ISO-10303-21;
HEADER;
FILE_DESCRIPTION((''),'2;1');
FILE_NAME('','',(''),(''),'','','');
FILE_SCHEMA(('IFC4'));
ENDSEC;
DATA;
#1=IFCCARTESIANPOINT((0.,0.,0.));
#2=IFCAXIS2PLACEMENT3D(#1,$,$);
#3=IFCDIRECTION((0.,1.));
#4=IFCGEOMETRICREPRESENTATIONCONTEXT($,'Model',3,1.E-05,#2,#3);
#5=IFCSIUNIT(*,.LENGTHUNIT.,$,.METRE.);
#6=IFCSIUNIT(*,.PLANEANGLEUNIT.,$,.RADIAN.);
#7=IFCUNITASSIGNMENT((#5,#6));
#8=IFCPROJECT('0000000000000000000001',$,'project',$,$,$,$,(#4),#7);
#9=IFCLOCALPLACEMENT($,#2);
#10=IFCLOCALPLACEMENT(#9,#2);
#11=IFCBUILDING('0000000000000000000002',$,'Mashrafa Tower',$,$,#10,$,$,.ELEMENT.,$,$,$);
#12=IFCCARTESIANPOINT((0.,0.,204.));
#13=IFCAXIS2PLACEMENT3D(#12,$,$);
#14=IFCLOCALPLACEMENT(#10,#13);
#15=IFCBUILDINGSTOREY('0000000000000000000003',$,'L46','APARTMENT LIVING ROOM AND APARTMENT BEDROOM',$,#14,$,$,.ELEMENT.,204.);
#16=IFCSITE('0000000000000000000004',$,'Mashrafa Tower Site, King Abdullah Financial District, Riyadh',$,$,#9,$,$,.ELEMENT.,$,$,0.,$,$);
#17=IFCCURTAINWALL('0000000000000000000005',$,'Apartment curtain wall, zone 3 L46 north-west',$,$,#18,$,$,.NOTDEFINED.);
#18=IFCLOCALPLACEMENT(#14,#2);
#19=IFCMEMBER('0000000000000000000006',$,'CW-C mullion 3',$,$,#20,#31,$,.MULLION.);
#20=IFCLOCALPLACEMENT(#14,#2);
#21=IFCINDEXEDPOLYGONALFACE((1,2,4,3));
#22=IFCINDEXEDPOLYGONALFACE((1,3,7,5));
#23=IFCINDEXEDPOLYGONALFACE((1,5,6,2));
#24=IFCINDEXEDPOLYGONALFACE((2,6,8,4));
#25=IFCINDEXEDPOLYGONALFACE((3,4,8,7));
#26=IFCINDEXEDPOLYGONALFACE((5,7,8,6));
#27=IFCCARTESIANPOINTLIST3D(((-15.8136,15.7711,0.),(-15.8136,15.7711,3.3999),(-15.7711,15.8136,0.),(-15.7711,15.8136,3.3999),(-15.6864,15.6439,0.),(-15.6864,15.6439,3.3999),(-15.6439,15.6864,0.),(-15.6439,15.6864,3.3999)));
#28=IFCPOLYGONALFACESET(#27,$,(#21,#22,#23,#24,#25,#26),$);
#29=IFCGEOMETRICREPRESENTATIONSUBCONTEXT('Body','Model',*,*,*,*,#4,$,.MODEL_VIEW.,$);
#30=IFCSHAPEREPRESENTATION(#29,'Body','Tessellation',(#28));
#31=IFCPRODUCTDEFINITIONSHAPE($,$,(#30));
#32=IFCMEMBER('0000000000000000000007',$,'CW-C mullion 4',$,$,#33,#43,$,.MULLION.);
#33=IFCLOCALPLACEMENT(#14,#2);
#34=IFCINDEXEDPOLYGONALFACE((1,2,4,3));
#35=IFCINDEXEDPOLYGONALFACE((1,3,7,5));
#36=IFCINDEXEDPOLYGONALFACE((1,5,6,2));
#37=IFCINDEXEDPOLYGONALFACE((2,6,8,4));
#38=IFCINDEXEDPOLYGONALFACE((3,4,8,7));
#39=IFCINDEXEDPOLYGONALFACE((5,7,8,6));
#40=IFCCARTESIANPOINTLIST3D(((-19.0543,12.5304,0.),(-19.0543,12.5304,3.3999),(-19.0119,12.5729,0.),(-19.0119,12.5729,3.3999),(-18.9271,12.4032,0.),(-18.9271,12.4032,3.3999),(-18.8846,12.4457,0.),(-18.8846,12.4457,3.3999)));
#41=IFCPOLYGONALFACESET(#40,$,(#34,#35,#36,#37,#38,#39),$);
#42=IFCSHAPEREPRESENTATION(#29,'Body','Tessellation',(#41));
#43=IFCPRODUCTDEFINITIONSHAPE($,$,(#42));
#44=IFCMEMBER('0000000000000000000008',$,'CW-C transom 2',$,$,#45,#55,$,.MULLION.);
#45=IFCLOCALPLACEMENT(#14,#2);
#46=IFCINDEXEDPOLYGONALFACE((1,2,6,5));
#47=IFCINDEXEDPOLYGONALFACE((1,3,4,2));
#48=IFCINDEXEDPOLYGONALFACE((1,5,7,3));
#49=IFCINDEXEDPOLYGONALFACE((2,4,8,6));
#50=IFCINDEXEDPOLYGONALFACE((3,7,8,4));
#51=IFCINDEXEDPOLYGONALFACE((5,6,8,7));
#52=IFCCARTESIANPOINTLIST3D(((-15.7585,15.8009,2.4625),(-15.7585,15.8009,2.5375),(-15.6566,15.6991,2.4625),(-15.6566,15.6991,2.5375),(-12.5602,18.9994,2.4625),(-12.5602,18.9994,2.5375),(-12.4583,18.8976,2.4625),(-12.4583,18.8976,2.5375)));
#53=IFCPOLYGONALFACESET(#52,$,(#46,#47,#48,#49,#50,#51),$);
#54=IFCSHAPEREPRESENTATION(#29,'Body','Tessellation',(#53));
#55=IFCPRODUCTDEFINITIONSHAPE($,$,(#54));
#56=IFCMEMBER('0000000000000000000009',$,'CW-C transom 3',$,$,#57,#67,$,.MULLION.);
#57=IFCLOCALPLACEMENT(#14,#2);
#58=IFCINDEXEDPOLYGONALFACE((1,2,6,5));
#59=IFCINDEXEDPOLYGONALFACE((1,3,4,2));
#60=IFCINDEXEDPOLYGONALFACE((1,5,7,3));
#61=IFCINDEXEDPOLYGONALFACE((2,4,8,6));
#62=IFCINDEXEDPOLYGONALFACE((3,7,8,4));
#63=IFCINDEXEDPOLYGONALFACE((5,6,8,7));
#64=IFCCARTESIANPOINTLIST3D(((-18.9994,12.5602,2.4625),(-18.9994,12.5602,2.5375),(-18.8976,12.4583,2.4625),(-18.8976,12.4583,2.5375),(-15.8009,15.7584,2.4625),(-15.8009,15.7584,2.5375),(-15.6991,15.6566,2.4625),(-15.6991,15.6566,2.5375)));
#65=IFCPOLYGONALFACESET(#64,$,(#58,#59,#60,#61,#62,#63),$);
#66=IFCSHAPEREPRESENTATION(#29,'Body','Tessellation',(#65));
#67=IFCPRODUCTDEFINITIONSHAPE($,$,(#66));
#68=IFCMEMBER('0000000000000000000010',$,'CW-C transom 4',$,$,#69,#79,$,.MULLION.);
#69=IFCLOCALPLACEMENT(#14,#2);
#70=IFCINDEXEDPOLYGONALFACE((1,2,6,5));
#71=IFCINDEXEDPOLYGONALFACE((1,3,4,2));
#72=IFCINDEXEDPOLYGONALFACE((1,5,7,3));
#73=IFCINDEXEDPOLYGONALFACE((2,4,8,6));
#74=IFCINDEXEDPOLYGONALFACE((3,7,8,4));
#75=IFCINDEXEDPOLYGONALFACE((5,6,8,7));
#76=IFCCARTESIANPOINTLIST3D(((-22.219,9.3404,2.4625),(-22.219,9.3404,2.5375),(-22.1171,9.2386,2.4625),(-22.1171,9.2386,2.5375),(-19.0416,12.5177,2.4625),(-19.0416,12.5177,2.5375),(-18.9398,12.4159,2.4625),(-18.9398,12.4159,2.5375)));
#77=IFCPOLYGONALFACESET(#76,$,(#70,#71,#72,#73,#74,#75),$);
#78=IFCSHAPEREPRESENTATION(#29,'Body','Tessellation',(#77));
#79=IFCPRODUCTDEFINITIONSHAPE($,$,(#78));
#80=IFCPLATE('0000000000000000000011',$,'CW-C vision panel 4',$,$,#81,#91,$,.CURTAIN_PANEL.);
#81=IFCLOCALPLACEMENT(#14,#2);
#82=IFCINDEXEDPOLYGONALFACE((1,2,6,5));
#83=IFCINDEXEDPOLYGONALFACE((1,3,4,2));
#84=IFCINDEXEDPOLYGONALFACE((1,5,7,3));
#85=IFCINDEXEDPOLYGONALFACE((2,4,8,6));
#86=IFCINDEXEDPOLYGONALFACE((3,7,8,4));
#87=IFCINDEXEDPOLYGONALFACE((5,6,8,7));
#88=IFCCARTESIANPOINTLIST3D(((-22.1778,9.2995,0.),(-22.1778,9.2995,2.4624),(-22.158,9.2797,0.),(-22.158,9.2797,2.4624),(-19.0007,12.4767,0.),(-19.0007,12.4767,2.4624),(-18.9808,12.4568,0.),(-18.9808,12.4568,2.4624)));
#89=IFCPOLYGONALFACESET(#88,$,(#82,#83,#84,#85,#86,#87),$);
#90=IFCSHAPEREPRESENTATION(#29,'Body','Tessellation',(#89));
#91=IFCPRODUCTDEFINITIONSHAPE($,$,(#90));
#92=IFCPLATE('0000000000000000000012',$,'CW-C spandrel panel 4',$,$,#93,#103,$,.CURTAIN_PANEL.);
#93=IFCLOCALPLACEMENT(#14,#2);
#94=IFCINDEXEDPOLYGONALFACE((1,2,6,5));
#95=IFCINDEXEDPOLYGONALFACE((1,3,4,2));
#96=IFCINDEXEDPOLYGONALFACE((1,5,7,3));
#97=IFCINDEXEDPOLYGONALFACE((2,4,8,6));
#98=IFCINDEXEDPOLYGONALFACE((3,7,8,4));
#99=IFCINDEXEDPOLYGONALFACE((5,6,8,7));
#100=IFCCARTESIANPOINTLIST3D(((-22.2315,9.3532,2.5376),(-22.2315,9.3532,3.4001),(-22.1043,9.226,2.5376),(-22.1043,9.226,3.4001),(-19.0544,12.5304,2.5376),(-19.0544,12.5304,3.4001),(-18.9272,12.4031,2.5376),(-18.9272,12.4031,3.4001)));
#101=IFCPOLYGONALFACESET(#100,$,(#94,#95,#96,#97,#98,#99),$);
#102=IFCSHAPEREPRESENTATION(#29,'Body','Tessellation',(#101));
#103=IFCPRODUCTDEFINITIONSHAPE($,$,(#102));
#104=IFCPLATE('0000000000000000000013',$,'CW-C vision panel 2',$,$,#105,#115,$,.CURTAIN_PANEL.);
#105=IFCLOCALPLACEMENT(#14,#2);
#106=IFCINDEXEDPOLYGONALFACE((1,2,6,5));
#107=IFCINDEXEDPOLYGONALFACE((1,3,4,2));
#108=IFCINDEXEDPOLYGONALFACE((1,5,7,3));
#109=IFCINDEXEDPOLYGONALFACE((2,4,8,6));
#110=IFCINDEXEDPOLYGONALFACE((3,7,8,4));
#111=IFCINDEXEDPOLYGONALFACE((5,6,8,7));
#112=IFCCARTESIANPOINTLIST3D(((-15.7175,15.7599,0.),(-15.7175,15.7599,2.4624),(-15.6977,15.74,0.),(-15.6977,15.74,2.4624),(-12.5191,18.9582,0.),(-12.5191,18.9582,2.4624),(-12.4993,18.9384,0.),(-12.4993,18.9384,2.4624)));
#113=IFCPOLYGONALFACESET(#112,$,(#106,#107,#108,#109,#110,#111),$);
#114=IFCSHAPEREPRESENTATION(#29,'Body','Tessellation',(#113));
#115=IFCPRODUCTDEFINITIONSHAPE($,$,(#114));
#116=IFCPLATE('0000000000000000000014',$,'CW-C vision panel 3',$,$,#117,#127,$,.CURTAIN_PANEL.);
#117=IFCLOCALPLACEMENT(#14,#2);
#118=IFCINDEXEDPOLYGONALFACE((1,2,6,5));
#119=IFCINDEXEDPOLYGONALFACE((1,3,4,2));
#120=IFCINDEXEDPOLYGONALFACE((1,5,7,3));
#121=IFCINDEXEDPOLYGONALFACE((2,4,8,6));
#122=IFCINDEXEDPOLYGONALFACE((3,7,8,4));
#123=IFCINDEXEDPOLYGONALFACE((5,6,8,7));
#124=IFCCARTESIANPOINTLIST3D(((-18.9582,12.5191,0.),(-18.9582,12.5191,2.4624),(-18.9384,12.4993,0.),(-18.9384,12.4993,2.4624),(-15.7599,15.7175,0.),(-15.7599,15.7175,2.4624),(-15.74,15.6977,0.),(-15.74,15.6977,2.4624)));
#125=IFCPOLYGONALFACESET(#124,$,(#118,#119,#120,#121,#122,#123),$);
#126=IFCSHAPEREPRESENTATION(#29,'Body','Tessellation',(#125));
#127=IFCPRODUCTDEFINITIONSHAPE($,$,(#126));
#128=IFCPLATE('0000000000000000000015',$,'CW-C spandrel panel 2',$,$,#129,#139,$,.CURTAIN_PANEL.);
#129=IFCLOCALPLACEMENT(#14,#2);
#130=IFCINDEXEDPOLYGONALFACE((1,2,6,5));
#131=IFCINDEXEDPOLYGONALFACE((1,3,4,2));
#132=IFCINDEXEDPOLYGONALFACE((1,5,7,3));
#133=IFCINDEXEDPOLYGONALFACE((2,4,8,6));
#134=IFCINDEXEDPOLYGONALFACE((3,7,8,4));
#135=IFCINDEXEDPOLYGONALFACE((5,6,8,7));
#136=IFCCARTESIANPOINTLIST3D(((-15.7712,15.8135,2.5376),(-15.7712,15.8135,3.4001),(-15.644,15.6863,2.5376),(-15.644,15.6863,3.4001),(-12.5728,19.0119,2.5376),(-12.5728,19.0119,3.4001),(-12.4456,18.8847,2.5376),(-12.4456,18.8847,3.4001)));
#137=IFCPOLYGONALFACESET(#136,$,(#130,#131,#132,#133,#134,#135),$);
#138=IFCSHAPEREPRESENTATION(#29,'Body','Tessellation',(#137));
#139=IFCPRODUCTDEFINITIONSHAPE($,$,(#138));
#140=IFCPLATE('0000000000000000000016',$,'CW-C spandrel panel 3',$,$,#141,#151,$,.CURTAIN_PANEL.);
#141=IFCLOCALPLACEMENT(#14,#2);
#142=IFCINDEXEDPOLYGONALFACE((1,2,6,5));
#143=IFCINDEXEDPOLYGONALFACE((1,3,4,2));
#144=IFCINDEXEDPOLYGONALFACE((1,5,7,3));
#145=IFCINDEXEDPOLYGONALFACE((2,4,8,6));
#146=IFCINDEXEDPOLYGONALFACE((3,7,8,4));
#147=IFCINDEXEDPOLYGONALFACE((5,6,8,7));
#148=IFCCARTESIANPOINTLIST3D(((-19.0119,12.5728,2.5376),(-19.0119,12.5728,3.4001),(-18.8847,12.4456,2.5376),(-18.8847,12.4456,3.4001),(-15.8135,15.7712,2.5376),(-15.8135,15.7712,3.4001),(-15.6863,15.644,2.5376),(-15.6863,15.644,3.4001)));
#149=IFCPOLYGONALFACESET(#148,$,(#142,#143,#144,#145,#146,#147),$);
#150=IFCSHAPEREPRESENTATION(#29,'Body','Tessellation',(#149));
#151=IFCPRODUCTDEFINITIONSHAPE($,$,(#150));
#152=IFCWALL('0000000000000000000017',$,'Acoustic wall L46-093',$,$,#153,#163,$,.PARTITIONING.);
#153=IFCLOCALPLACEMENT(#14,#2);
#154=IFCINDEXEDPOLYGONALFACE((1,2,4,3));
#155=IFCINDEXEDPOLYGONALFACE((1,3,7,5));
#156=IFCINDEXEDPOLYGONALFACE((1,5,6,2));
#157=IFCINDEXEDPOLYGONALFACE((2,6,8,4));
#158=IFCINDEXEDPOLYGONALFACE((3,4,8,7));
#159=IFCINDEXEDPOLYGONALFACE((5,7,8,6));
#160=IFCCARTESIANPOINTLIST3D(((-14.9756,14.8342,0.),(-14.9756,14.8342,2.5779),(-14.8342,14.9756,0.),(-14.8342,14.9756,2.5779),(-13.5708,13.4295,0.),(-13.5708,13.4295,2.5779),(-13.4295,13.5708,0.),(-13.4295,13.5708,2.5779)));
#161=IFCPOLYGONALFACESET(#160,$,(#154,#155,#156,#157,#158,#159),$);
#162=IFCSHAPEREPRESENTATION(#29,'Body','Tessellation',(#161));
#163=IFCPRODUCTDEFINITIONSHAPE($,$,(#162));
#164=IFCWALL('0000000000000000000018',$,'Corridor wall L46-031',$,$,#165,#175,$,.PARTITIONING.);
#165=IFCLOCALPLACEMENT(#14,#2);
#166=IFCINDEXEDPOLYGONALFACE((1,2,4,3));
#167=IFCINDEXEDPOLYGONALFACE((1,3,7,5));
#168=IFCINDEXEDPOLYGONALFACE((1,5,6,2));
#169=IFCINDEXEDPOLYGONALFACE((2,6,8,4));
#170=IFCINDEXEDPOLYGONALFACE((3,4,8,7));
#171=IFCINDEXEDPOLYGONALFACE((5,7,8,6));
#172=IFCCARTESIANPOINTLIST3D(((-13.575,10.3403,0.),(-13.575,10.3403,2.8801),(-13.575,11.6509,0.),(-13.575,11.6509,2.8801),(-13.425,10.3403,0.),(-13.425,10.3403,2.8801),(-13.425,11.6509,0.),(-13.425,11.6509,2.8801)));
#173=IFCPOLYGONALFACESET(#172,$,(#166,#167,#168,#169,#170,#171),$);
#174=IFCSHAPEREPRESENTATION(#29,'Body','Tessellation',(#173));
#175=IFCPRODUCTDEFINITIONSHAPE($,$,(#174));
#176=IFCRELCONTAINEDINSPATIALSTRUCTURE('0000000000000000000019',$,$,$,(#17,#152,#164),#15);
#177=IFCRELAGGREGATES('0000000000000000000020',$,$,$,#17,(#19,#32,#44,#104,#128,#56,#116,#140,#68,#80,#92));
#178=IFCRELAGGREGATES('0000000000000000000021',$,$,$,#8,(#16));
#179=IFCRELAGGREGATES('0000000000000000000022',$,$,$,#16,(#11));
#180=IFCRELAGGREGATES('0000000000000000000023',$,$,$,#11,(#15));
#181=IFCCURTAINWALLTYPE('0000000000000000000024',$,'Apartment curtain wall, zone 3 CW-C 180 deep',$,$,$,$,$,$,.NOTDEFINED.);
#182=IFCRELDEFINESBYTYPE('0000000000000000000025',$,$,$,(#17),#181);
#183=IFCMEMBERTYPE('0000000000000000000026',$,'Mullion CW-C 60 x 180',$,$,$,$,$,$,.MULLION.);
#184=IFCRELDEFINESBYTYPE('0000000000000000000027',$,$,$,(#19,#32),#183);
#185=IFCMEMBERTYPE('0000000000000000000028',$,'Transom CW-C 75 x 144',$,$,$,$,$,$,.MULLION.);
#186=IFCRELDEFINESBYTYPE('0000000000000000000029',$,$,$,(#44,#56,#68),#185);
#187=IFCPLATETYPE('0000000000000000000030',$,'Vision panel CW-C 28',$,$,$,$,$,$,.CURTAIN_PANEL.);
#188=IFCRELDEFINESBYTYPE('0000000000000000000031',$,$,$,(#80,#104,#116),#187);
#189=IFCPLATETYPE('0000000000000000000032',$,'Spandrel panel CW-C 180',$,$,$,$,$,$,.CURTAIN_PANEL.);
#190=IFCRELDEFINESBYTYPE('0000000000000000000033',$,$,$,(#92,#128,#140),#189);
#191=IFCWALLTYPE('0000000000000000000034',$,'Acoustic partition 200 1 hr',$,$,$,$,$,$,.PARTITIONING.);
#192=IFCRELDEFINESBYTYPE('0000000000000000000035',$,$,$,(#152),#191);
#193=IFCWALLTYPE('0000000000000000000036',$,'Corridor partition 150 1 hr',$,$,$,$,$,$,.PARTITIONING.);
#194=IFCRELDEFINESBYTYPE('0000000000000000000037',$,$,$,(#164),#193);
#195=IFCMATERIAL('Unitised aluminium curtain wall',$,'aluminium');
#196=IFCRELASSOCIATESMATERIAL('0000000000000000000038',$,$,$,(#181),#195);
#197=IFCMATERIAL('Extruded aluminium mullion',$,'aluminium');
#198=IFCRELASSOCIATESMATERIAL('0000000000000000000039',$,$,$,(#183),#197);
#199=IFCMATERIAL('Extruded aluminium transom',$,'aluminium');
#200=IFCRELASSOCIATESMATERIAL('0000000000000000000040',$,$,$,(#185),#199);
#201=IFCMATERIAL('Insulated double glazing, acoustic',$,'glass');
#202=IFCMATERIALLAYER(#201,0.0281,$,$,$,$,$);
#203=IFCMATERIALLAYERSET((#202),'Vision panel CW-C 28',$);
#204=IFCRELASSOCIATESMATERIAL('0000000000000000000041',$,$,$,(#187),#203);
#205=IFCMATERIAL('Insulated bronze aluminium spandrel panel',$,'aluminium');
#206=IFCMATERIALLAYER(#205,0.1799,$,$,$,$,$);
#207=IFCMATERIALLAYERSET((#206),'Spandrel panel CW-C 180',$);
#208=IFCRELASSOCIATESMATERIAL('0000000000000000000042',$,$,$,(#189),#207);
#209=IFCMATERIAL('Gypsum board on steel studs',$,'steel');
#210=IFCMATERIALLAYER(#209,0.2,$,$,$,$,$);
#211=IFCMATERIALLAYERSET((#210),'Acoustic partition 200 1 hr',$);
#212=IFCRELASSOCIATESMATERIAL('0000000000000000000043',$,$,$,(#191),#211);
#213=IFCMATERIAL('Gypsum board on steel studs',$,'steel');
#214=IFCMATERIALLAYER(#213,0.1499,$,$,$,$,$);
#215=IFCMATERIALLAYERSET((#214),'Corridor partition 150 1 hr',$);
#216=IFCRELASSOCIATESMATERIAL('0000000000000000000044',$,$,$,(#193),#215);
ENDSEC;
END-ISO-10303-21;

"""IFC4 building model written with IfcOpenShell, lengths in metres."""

from ifc_helpers import new_model, si_unit, direction, frame, frame_2d, origin, origin_2d, place, context, subcontext, project, spatial, rectangle, extrude, source, transform, mapped, material, layer, layer_set, material_profile, profile_set, type_object, type_shapes, element, aggregate, save


model = new_model("IFC4")

# Units and contexts
model_context = context("Model", 3, precision=1e-05, world=origin(), true_north=direction((0.0, 1.0)))
body_context = subcontext(model_context, "Body", "Model", "MODEL_VIEW")
ifc_project = project(units=[si_unit("LENGTHUNIT", "METRE"), si_unit("PLANEANGLEUNIT", "RADIAN")], contexts=[model_context])

# Site, building, storey
site_placement = place(None, origin())
site = spatial("IfcSite", under=ifc_project, at=site_placement, Name="Mashrafa Tower Site, King Abdullah Financial District, Riyadh", CompositionType="ELEMENT", RefElevation=0.0)
building_placement = place(site_placement, origin())
building = spatial("IfcBuilding", under=site, at=building_placement, Name="Mashrafa Tower", CompositionType="ELEMENT")
storey_placement = place(building_placement, frame((0.0, 0.0, 204.0)))
storey = spatial("IfcBuildingStorey", under=building, at=storey_placement, Name="L46", Description="APARTMENT LIVING ROOM AND APARTMENT BEDROOM", CompositionType="ELEMENT", Elevation=204.0)

# Curtain wall, members, plates
ifc_material_1 = material(Name="Unitised aluminium curtain wall", Category="aluminium")
curtain_wall_type = type_object("IfcCurtainWallType", Name="Apartment curtain wall, zone 3 CW-C 180 deep", PredefinedType="NOTDEFINED", material=ifc_material_1)
curtain_wall_placement = place(storey_placement, origin())
curtain_wall = element("IfcCurtainWall", 1, at=curtain_wall_placement, inside=storey, type_object=curtain_wall_type, Name="Apartment curtain wall, zone 3 L46 north-west", PredefinedType="NOTDEFINED")
ifc_material_2 = material(Name="Extruded aluminium mullion", Category="aluminium")
ifc_material_profile_1 = material_profile(ifc_material_2, rectangle(XDim=0.1799, YDim=0.0601, at=origin_2d()), Name="Mullion 60x180")
ifc_profile_set_1 = profile_set([ifc_material_profile_1], Name="Extruded aluminium mullion")
member_type_1 = type_object("IfcMemberType", Name="Mullion CW-C 60 x 180", PredefinedType="MULLION", material=ifc_profile_set_1)
shared_shape_1 = source(origin(), body_context, "Body", "SweptSolid", [
    extrude(rectangle(XDim=0.1799, YDim=0.0601, at=origin_2d()), origin(), (0.0, 0.0, 1.0), 3.3999),
])
type_shapes(member_type_1, [shared_shape_1])
member_1_placement = place(storey_placement, frame((-15.7288, 15.7288, 0.0), z_axis=(0.0, 0.0, 1.0), x_axis=(0.707107, -0.707107, 0.0)))
member_1 = element("IfcMember", 2, at=member_1_placement, type_object=member_type_1, Name="CW-C mullion 3", PredefinedType="MULLION", context=body_context, shape_type="MappedRepresentation", body=[
    mapped(shared_shape_1, transform((0.0, 0.0, 0.0))),
])
member_2_placement = place(storey_placement, frame((-18.9695, 12.488, 0.0), z_axis=(0.0, 0.0, 1.0), x_axis=(0.707107, -0.707107, 0.0)))
member_2 = element("IfcMember", 3, at=member_2_placement, type_object=member_type_1, Name="CW-C mullion 4", PredefinedType="MULLION", context=body_context, shape_type="MappedRepresentation", body=[
    mapped(shared_shape_1, transform((0.0, 0.0, 0.0))),
])
ifc_material_3 = material(Name="Extruded aluminium transom", Category="aluminium")
ifc_material_profile_2 = material_profile(ifc_material_3, rectangle(XDim=0.144, YDim=0.075, at=origin_2d()), Name="Transom 75x144")
ifc_profile_set_2 = profile_set([ifc_material_profile_2], Name="Extruded aluminium transom")
member_type_2 = type_object("IfcMemberType", Name="Transom CW-C 75 x 144", PredefinedType="MULLION", material=ifc_profile_set_2)
shared_shape_2 = source(origin(), body_context, "Body", "SweptSolid", [
    extrude(rectangle(XDim=0.144, YDim=0.075, at=origin_2d()), origin(), (0.0, 0.0, 1.0), 4.5232),
])
member_3_placement = place(storey_placement, frame((-12.5093, 18.9485, 2.5), z_axis=(-0.70708, -0.707134, 0.0), x_axis=(0.707134, -0.70708, 0.0)))
member_3 = element("IfcMember", 4, at=member_3_placement, type_object=member_type_2, Name="CW-C transom 2", PredefinedType="MULLION", context=body_context, shape_type="MappedRepresentation", body=[
    mapped(shared_shape_2, transform((0.0, 0.0, 0.0))),
])
member_4_placement = place(storey_placement, frame((-15.75, 15.7075, 2.5), z_axis=(-0.707134, -0.70708, 0.0), x_axis=(0.70708, -0.707134, 0.0)))
member_4 = element("IfcMember", 5, at=member_4_placement, type_object=member_type_2, Name="CW-C transom 3", PredefinedType="MULLION", context=body_context, shape_type="MappedRepresentation", body=[
    mapped(shared_shape_2, transform((0.0, 0.0, 0.0))),
])
shared_shape_3 = source(origin(), body_context, "Body", "SweptSolid", [
    extrude(rectangle(XDim=0.144, YDim=0.075, at=origin_2d()), origin(), (0.0, 0.0, 1.0), 4.4934),
])
type_shapes(member_type_2, [shared_shape_2, shared_shape_3])
member_5_placement = place(storey_placement, frame((-18.9907, 12.4668, 2.5), z_axis=(-0.707107, -0.707107, 0.0), x_axis=(0.707107, -0.707107, 0.0)))
member_5 = element("IfcMember", 6, at=member_5_placement, type_object=member_type_2, Name="CW-C transom 4", PredefinedType="MULLION", context=body_context, shape_type="MappedRepresentation", body=[
    mapped(shared_shape_3, transform((0.0, 0.0, 0.0))),
])
ifc_material_4 = material(Name="Insulated double glazing, acoustic", Category="glass")
ifc_layer_1 = layer(ifc_material_4, 0.0281)
ifc_layer_set_1 = layer_set([ifc_layer_1], Name="Vision panel CW-C 28")
plate_type_1 = type_object("IfcPlateType", Name="Vision panel CW-C 28", PredefinedType="CURTAIN_PANEL", material=ifc_layer_set_1)
shared_shape_4 = source(origin(), body_context, "Body", "SweptSolid", [
    extrude(rectangle(XDim=4.4932, YDim=0.0281, at=origin_2d()), origin(), (0.0, 0.0, 1.0), 2.4624),
])
plate_1_placement = place(storey_placement, frame((-20.5793, 10.8782, 0.0), z_axis=(0.0, 0.0, 1.0), x_axis=(-0.707107, -0.707107, 0.0)))
plate_1 = element("IfcPlate", 7, at=plate_1_placement, type_object=plate_type_1, Name="CW-C vision panel 4", PredefinedType="CURTAIN_PANEL", context=body_context, shape_type="MappedRepresentation", body=[
    mapped(shared_shape_4, transform((0.0, 0.0, 0.0))),
])
ifc_material_5 = material(Name="Insulated bronze aluminium spandrel panel", Category="aluminium")
ifc_layer_2 = layer(ifc_material_5, 0.1799)
ifc_layer_set_2 = layer_set([ifc_layer_2], Name="Spandrel panel CW-C 180")
plate_type_2 = type_object("IfcPlateType", Name="Spandrel panel CW-C 180", PredefinedType="CURTAIN_PANEL", material=ifc_layer_set_2)
shared_shape_5 = source(origin(), body_context, "Body", "SweptSolid", [
    extrude(rectangle(XDim=4.4932, YDim=0.1799, at=origin_2d()), origin(), (0.0, 0.0, 1.0), 0.8625),
])
plate_2_placement = place(storey_placement, frame((-20.5793, 10.8782, 2.5376), z_axis=(0.0, 0.0, 1.0), x_axis=(-0.707107, -0.707107, 0.0)))
plate_2 = element("IfcPlate", 8, at=plate_2_placement, type_object=plate_type_2, Name="CW-C spandrel panel 4", PredefinedType="CURTAIN_PANEL", context=body_context, shape_type="MappedRepresentation", body=[
    mapped(shared_shape_5, transform((0.0, 0.0, 0.0))),
])
shared_shape_6 = source(origin(), body_context, "Body", "SweptSolid", [
    extrude(rectangle(XDim=4.5232, YDim=0.0281, at=origin_2d()), origin(), (0.0, 0.0, 1.0), 2.4624),
])
type_shapes(plate_type_1, [shared_shape_4, shared_shape_6])
plate_3_placement = place(storey_placement, frame((-14.1084, 17.3491, 0.0), z_axis=(0.0, 0.0, 1.0), x_axis=(-0.707107, -0.707107, 0.0)))
plate_3 = element("IfcPlate", 9, at=plate_3_placement, type_object=plate_type_1, Name="CW-C vision panel 2", PredefinedType="CURTAIN_PANEL", context=body_context, shape_type="MappedRepresentation", body=[
    mapped(shared_shape_6, transform((0.0, 0.0, 0.0))),
])
plate_4_placement = place(storey_placement, frame((-17.3491, 14.1084, 0.0), z_axis=(0.0, 0.0, 1.0), x_axis=(-0.707107, -0.707107, 0.0)))
plate_4 = element("IfcPlate", 10, at=plate_4_placement, type_object=plate_type_1, Name="CW-C vision panel 3", PredefinedType="CURTAIN_PANEL", context=body_context, shape_type="MappedRepresentation", body=[
    mapped(shared_shape_6, transform((0.0, 0.0, 0.0))),
])
shared_shape_7 = source(origin(), body_context, "Body", "SweptSolid", [
    extrude(rectangle(XDim=4.5232, YDim=0.1799, at=origin_2d()), origin(), (0.0, 0.0, 1.0), 0.8625),
])
type_shapes(plate_type_2, [shared_shape_5, shared_shape_7])
plate_5_placement = place(storey_placement, frame((-14.1084, 17.3491, 2.5376), z_axis=(0.0, 0.0, 1.0), x_axis=(-0.707107, -0.707107, 0.0)))
plate_5 = element("IfcPlate", 11, at=plate_5_placement, type_object=plate_type_2, Name="CW-C spandrel panel 2", PredefinedType="CURTAIN_PANEL", context=body_context, shape_type="MappedRepresentation", body=[
    mapped(shared_shape_7, transform((0.0, 0.0, 0.0))),
])
plate_6_placement = place(storey_placement, frame((-17.3491, 14.1084, 2.5376), z_axis=(0.0, 0.0, 1.0), x_axis=(-0.707107, -0.707107, 0.0)))
plate_6 = element("IfcPlate", 12, at=plate_6_placement, type_object=plate_type_2, Name="CW-C spandrel panel 3", PredefinedType="CURTAIN_PANEL", context=body_context, shape_type="MappedRepresentation", body=[
    mapped(shared_shape_7, transform((0.0, 0.0, 0.0))),
])
aggregate(curtain_wall, [member_1, member_2, member_3, plate_3, plate_5, member_4, plate_4, plate_6, member_5, plate_1, plate_2])

# Walls
ifc_material_6 = material(Name="Gypsum board on steel studs", Category="steel")
ifc_layer_3 = layer(ifc_material_6, 0.2)
ifc_layer_set_3 = layer_set([ifc_layer_3], Name="Acoustic partition 200 1 hr")
wall_type_1 = type_object("IfcWallType", Name="Acoustic partition 200 1 hr", PredefinedType="PARTITIONING", material=ifc_layer_set_3)
wall_1_placement = place(storey_placement, frame((-14.9048, 14.9048, 0.0), z_axis=(0.0, 0.0, 1.0), x_axis=(0.707107, -0.707107, 0.0)))
element("IfcWall", 13, at=wall_1_placement, inside=storey, type_object=wall_type_1, Name="Acoustic wall L46-093", PredefinedType="PARTITIONING", context=body_context, shape_type="SweptSolid", body=[
    extrude(rectangle(XDim=1.9866, YDim=0.2, at=frame_2d((0.9932, 0.0))), origin(), (0.0, 0.0, 1.0), 2.5779),
])
ifc_material_7 = material(Name="Gypsum board on steel studs", Category="steel")
ifc_layer_4 = layer(ifc_material_7, 0.1499)
ifc_layer_set_4 = layer_set([ifc_layer_4], Name="Corridor partition 150 1 hr")
wall_type_2 = type_object("IfcWallType", Name="Corridor partition 150 1 hr", PredefinedType="PARTITIONING", material=ifc_layer_set_4)
wall_2_placement = place(storey_placement, frame((-13.5, 11.6509, 0.0), z_axis=(0.0, 0.0, 1.0), x_axis=(0.0, -1.0, 0.0)))
element("IfcWall", 14, at=wall_2_placement, inside=storey, type_object=wall_type_2, Name="Corridor wall L46-031", PredefinedType="PARTITIONING", context=body_context, shape_type="SweptSolid", body=[
    extrude(rectangle(XDim=1.3105, YDim=0.1499, at=frame_2d((0.6553, 0.0))), origin(), (0.0, 0.0, 1.0), 2.8801),
])

save(model, "model.ifc")
